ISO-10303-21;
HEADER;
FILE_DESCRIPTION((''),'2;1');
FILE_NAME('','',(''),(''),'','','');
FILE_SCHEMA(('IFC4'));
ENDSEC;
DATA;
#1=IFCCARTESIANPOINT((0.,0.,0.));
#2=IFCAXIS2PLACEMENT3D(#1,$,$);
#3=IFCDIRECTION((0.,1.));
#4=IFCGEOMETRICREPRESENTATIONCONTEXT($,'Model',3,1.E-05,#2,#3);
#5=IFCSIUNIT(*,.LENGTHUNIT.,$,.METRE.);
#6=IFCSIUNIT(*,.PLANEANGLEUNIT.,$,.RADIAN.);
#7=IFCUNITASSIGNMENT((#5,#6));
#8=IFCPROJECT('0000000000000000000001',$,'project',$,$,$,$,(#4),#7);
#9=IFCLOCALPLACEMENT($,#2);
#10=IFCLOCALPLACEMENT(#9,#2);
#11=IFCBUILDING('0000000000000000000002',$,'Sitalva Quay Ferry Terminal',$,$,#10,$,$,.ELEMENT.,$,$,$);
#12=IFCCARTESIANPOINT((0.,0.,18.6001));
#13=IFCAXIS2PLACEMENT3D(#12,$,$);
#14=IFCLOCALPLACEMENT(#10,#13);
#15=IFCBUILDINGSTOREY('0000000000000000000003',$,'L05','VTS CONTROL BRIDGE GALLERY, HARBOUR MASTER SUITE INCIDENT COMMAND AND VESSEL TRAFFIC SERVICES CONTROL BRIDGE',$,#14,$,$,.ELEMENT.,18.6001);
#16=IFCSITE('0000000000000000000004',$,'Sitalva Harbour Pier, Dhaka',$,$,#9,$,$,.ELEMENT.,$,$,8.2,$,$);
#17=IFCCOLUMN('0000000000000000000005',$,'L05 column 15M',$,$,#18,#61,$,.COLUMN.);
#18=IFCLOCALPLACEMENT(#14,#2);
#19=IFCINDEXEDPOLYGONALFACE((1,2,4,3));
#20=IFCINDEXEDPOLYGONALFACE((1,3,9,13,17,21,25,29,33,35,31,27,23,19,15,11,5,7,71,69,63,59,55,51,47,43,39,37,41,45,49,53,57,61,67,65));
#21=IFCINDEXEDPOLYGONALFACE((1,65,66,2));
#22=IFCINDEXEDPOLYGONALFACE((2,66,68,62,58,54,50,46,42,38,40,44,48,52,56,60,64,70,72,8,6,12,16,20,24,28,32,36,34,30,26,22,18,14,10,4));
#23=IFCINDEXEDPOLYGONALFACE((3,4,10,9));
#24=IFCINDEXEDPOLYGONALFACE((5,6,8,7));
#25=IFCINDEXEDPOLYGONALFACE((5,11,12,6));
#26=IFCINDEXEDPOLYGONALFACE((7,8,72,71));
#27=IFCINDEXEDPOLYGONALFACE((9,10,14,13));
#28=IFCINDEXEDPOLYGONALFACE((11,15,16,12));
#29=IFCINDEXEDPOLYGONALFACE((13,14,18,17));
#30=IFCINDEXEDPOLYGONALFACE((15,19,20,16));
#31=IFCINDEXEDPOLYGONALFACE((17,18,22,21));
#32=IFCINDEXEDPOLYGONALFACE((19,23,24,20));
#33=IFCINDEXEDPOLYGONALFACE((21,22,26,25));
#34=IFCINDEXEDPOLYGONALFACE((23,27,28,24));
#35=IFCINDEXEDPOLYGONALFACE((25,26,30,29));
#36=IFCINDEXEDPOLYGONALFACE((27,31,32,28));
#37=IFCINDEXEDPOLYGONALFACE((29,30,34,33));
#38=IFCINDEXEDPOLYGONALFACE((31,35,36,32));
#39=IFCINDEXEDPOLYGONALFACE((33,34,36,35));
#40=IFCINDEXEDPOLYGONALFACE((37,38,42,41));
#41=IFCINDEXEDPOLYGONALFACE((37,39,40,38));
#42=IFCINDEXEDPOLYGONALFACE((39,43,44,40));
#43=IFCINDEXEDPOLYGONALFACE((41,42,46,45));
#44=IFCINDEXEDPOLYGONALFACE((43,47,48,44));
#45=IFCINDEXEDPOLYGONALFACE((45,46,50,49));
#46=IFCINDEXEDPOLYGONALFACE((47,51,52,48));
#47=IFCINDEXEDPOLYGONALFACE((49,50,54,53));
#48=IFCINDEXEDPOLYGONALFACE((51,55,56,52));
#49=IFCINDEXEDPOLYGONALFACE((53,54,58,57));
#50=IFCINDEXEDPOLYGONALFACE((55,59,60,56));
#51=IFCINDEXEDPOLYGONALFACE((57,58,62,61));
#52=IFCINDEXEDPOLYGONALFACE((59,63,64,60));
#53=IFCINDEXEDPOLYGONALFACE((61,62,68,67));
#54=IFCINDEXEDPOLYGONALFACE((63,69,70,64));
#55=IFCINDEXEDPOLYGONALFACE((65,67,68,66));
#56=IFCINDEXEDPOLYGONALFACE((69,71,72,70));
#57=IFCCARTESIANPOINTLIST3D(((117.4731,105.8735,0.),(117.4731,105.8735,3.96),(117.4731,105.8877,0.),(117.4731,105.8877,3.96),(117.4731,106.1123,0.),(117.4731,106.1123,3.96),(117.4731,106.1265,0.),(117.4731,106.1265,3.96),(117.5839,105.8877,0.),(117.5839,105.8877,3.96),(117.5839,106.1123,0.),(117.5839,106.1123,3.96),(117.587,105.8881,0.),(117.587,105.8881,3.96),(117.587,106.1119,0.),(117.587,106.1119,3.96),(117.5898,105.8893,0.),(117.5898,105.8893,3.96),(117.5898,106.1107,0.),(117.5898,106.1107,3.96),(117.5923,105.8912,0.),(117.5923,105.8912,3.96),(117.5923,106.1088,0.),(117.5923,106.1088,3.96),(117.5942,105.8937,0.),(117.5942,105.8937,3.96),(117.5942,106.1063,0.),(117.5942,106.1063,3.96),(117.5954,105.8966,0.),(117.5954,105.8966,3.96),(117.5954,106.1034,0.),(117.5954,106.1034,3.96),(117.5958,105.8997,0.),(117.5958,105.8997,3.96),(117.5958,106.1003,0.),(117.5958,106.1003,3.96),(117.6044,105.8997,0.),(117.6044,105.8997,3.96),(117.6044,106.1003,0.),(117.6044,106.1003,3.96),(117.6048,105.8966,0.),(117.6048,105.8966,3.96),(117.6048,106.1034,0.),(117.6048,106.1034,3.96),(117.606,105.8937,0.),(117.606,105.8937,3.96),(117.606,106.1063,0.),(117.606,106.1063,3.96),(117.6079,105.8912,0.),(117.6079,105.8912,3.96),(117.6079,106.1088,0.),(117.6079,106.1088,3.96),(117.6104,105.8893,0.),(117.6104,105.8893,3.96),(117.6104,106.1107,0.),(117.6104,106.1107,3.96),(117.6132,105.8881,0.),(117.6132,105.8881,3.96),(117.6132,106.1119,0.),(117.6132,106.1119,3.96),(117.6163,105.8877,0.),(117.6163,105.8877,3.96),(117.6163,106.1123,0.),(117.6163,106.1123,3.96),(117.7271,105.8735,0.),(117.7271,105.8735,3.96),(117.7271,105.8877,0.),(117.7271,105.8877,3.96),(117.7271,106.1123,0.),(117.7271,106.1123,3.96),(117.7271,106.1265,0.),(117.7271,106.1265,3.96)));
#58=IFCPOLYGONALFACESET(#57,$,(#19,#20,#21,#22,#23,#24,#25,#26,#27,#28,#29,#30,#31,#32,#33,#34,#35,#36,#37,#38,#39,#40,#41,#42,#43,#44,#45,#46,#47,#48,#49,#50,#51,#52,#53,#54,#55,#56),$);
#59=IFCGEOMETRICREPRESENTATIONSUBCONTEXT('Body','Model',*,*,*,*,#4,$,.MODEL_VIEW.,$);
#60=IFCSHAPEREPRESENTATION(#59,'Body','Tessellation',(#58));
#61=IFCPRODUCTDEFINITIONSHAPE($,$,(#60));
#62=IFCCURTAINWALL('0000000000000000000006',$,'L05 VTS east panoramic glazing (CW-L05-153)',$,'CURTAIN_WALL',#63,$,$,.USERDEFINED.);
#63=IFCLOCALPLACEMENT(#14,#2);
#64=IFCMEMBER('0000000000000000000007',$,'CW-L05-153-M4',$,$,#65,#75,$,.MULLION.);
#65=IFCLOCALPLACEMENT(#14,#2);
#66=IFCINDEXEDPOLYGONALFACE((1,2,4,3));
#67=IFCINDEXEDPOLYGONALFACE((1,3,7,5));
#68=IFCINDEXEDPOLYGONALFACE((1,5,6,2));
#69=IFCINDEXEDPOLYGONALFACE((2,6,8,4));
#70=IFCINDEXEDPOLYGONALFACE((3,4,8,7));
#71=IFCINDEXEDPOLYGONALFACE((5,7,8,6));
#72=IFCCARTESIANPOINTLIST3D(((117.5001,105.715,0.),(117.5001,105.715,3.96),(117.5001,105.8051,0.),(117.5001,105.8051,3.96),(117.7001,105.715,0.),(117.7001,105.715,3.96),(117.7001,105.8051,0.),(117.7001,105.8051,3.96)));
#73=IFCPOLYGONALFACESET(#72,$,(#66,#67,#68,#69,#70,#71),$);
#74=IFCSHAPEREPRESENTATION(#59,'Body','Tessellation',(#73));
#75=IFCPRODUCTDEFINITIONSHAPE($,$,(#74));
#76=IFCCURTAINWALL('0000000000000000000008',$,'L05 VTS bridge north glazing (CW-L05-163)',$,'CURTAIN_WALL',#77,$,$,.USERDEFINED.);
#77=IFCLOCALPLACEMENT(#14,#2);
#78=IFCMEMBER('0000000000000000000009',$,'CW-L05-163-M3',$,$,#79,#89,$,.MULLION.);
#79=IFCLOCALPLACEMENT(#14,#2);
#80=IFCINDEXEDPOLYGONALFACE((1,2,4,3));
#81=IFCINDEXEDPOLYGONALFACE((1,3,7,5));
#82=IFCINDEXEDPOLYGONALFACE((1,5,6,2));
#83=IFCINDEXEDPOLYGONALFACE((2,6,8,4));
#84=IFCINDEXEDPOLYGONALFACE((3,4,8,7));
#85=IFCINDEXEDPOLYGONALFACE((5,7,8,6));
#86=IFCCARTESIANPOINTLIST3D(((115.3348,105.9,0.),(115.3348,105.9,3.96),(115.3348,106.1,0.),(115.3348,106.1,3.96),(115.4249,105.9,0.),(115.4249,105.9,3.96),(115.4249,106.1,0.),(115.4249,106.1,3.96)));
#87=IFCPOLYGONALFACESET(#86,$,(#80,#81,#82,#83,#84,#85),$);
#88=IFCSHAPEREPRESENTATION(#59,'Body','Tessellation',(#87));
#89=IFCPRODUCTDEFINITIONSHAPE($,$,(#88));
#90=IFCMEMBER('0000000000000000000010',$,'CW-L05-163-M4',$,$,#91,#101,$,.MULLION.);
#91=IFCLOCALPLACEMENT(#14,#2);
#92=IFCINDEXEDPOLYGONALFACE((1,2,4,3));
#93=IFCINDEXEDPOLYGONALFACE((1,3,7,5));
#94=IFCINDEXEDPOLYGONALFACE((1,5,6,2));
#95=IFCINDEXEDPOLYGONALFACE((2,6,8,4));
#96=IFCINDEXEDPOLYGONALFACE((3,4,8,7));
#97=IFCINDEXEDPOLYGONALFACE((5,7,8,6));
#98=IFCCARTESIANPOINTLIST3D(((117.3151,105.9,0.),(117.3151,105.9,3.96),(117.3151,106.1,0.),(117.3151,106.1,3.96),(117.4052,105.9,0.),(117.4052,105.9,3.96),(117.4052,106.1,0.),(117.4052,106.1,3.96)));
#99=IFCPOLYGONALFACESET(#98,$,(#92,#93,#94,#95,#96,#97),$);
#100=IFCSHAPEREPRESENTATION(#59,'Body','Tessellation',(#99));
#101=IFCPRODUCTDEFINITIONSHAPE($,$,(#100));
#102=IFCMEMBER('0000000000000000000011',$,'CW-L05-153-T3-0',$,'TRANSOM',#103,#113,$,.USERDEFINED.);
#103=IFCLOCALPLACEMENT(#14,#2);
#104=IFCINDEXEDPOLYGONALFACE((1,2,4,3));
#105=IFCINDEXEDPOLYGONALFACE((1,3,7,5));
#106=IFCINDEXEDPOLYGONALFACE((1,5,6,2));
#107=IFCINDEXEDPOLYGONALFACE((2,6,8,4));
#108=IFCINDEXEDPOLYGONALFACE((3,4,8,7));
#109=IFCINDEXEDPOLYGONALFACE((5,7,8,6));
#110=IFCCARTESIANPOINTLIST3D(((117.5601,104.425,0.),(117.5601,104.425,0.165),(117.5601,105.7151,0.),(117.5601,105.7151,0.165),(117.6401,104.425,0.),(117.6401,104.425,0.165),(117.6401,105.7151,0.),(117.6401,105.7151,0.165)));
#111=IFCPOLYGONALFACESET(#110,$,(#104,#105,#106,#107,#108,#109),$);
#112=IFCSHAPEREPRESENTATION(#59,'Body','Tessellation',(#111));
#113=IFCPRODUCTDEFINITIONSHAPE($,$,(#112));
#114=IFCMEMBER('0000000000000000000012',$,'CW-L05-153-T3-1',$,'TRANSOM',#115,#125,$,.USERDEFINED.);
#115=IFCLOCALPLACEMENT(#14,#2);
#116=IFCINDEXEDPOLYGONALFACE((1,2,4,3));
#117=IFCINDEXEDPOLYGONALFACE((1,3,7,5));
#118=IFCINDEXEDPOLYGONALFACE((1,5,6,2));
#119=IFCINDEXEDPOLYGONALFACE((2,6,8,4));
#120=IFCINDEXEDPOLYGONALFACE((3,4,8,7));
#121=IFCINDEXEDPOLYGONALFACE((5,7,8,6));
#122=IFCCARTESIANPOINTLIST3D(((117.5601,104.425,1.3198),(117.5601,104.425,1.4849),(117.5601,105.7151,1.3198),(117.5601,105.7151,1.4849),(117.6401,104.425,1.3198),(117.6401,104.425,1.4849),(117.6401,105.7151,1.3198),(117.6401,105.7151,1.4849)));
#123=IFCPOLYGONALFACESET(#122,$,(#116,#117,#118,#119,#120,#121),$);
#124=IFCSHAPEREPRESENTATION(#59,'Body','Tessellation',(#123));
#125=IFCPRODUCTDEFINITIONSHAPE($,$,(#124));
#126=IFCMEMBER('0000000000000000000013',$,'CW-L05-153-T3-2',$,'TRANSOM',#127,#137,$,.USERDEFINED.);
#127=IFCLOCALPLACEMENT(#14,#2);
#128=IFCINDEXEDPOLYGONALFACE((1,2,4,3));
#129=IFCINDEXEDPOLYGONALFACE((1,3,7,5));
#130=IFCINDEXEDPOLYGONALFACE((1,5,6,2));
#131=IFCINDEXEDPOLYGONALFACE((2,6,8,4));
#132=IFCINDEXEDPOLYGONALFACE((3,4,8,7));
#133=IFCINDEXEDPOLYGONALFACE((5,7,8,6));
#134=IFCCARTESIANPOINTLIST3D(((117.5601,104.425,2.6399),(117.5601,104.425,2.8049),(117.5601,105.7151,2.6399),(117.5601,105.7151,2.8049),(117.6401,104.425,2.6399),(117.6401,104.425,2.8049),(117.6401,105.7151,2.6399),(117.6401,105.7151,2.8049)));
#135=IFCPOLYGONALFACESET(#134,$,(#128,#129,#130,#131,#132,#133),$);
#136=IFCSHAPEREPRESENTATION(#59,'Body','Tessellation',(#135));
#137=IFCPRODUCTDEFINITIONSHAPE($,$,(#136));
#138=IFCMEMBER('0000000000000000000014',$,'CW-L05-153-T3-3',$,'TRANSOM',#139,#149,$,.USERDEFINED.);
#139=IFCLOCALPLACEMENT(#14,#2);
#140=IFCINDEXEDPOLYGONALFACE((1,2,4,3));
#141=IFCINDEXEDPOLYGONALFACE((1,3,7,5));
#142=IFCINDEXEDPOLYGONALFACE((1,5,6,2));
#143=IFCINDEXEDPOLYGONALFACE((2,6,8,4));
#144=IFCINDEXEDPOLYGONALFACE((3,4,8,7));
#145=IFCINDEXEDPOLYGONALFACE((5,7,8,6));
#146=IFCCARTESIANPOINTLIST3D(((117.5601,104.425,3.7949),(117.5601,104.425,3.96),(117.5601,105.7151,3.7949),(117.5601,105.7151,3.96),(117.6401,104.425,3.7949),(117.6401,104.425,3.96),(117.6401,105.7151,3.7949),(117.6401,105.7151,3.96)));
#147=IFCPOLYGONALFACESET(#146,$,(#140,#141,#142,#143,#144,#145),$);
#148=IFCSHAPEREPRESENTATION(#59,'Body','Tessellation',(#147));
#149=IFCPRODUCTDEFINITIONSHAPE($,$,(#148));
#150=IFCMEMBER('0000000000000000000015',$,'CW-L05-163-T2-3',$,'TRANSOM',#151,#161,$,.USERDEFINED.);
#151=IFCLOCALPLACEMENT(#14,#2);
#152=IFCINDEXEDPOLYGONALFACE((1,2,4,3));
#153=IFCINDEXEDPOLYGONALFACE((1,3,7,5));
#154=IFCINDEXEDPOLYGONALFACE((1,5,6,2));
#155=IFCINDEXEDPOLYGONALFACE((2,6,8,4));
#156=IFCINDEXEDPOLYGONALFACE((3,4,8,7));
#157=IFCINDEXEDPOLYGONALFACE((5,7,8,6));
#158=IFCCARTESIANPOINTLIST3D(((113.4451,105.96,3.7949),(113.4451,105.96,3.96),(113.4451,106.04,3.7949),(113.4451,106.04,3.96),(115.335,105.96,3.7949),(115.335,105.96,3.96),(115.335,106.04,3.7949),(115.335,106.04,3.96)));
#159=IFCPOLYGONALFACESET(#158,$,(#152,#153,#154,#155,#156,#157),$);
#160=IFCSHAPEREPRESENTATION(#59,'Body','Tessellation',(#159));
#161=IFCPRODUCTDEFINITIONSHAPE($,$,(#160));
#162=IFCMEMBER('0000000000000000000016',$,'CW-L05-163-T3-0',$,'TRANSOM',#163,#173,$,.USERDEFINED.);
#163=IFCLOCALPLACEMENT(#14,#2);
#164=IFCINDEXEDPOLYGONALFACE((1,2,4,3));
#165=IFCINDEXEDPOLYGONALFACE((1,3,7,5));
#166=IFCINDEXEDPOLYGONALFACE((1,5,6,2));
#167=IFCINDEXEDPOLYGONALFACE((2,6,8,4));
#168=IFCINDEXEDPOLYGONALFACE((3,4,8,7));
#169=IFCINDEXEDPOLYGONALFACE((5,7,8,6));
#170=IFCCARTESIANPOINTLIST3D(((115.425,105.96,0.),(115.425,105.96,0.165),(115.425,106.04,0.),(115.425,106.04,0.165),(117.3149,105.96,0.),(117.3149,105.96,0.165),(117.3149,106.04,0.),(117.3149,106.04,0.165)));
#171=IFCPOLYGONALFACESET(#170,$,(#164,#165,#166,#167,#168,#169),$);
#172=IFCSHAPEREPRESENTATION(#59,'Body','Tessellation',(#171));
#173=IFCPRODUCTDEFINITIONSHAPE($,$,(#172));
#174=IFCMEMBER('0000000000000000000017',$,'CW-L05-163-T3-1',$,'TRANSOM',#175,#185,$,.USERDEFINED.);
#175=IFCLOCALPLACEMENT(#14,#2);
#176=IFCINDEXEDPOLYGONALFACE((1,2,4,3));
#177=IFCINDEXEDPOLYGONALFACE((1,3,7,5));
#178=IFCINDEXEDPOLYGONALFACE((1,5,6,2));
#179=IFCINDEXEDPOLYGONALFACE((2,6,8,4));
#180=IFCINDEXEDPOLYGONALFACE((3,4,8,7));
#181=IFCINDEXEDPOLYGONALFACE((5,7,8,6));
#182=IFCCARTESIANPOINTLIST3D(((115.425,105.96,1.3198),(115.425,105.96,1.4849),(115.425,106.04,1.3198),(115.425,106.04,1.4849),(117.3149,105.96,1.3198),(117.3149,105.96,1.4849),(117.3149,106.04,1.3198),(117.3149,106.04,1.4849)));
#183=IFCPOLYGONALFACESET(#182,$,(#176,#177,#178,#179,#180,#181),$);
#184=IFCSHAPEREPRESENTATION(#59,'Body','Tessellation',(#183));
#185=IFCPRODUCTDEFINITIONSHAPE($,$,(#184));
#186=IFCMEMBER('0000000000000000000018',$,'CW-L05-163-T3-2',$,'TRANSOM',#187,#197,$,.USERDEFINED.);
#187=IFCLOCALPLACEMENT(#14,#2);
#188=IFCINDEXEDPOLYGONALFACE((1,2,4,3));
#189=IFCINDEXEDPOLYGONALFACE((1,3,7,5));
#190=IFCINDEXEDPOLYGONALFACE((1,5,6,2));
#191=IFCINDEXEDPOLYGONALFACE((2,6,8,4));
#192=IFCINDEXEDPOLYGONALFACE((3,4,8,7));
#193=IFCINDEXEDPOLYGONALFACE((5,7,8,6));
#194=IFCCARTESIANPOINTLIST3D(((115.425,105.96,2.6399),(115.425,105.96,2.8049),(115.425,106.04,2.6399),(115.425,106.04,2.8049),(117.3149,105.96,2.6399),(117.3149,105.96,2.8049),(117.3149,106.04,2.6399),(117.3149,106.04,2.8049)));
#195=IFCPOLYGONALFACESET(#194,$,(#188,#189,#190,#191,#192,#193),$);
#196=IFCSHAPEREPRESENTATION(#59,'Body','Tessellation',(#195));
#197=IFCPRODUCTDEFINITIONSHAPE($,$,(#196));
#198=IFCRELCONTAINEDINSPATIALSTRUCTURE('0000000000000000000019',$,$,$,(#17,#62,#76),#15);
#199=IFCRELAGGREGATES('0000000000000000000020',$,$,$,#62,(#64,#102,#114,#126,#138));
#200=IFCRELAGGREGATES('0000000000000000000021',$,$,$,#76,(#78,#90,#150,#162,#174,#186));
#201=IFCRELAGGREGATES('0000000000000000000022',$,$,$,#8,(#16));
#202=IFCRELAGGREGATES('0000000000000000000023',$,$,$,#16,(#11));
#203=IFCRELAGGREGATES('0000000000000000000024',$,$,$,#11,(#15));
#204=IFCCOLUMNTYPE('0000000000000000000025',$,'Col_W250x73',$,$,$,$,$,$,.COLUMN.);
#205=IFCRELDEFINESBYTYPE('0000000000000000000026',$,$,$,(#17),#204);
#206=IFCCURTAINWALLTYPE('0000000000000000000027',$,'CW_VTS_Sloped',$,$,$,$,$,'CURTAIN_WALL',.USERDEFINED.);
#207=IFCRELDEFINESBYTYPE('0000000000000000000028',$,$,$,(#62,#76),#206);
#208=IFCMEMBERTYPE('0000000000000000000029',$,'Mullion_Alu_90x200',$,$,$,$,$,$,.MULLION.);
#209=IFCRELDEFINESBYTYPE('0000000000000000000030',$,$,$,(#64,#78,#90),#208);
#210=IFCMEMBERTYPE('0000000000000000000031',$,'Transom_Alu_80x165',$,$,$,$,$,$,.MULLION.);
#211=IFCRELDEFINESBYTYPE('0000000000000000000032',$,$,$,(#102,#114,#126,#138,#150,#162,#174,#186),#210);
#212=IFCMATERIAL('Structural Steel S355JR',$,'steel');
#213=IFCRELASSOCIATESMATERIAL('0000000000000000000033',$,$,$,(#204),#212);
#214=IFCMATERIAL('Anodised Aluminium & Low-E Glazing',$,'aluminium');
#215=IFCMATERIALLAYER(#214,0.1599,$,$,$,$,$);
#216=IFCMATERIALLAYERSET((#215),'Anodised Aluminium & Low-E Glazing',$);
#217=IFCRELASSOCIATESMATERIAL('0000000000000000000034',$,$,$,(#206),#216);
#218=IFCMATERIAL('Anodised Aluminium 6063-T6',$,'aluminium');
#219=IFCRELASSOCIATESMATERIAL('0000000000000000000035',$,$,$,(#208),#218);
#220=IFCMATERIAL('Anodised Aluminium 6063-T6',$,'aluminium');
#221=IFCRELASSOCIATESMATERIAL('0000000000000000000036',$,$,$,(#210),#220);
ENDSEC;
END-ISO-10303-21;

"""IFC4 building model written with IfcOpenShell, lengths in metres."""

from ifc_helpers import new_model, si_unit, direction, frame, origin, origin_2d, place, context, subcontext, project, spatial, rectangle, i_section, extrude, material, layer, layer_set, material_profile, profile_set, type_object, element, aggregate, save


model = new_model("IFC4")

# Units and contexts
model_context = context("Model", 3, precision=1e-05, world=origin(), true_north=direction((0.0, 1.0)))
body_context = subcontext(model_context, "Body", "Model", "MODEL_VIEW")
ifc_project = project(units=[si_unit("LENGTHUNIT", "METRE"), si_unit("PLANEANGLEUNIT", "RADIAN")], contexts=[model_context])

# Site, building, storey
site_placement = place(None, origin())
site = spatial("IfcSite", under=ifc_project, at=site_placement, Name="Sitalva Harbour Pier, Dhaka", CompositionType="ELEMENT", RefElevation=8.2)
building_placement = place(site_placement, origin())
building = spatial("IfcBuilding", under=site, at=building_placement, Name="Sitalva Quay Ferry Terminal", CompositionType="ELEMENT")
storey_placement = place(building_placement, frame((0.0, 0.0, 18.6001)))
storey = spatial("IfcBuildingStorey", under=building, at=storey_placement, Name="L05", Description="VTS CONTROL BRIDGE GALLERY, HARBOUR MASTER SUITE INCIDENT COMMAND AND VESSEL TRAFFIC SERVICES CONTROL BRIDGE", CompositionType="ELEMENT", Elevation=18.6001)

# Column
ifc_material_1 = material(Name="Structural Steel S355JR", Category="steel")
ifc_material_profile_1 = material_profile(ifc_material_1, i_section(OverallWidth=0.2539, OverallDepth=0.2529, WebThickness=0.0085, FlangeThickness=0.0142, FilletRadius=0.012, at=origin_2d()), Name="W250x73")
ifc_profile_set_1 = profile_set([ifc_material_profile_1], Name="Structural Steel S355JR")
column_type = type_object("IfcColumnType", Name="Col_W250x73", PredefinedType="COLUMN", material=ifc_profile_set_1)
column_placement = place(storey_placement, frame((117.6001, 106.0, 0.0), z_axis=(0.0, 0.0, 1.0), x_axis=(1.0, 0.0, 0.0)))
element("IfcColumn", 1, at=column_placement, inside=storey, type_object=column_type, Name="L05 column 15M", PredefinedType="COLUMN", context=body_context, shape_type="SweptSolid", body=[
    extrude(i_section(OverallWidth=0.2539, OverallDepth=0.2529, WebThickness=0.0085, FlangeThickness=0.0142, FilletRadius=0.012, at=origin_2d()), origin(), (0.0, 0.0, 1.0), 3.96),
])

# Curtain wall, member
ifc_material_2 = material(Name="Anodised Aluminium & Low-E Glazing", Category="aluminium")
ifc_layer_1 = layer(ifc_material_2, 0.1599)
ifc_layer_set_1 = layer_set([ifc_layer_1], Name="Anodised Aluminium & Low-E Glazing")
curtain_wall_type = type_object("IfcCurtainWallType", Name="CW_VTS_Sloped", ElementType="CURTAIN_WALL", PredefinedType="USERDEFINED", material=ifc_layer_set_1)
curtain_wall_1_placement = place(storey_placement, origin())
curtain_wall_1 = element("IfcCurtainWall", 2, at=curtain_wall_1_placement, inside=storey, type_object=curtain_wall_type, Name="L05 VTS east panoramic glazing (CW-L05-153)", ObjectType="CURTAIN_WALL", PredefinedType="USERDEFINED")
ifc_material_3 = material(Name="Anodised Aluminium 6063-T6", Category="aluminium")
ifc_material_profile_2 = material_profile(ifc_material_3, rectangle(XDim=0.0901, YDim=0.2, at=origin_2d()), Name="ALU90x200")
ifc_profile_set_2 = profile_set([ifc_material_profile_2], Name="Anodised Aluminium 6063-T6")
member_type_1 = type_object("IfcMemberType", Name="Mullion_Alu_90x200", PredefinedType="MULLION", material=ifc_profile_set_2)
member_1_placement = place(storey_placement, frame((117.6001, 105.76, 0.0), z_axis=(0.0, 0.0, 1.0), x_axis=(0.0, 1.0, 0.0)))
member_1 = element("IfcMember", 3, at=member_1_placement, type_object=member_type_1, Name="CW-L05-153-M4", PredefinedType="MULLION", context=body_context, shape_type="SweptSolid", body=[
    extrude(rectangle(XDim=0.0901, YDim=0.2, at=origin_2d()), origin(), (0.0, 0.0, 1.0), 3.96),
])

# Curtain wall, members
curtain_wall_2_placement = place(storey_placement, origin())
curtain_wall_2 = element("IfcCurtainWall", 4, at=curtain_wall_2_placement, inside=storey, type_object=curtain_wall_type, Name="L05 VTS bridge north glazing (CW-L05-163)", ObjectType="CURTAIN_WALL", PredefinedType="USERDEFINED")
member_2_placement = place(storey_placement, frame((115.3799, 106.0, 0.0), z_axis=(0.0, 0.0, 1.0), x_axis=(1.0, 0.0, 0.0)))
member_2 = element("IfcMember", 5, at=member_2_placement, type_object=member_type_1, Name="CW-L05-163-M3", PredefinedType="MULLION", context=body_context, shape_type="SweptSolid", body=[
    extrude(rectangle(XDim=0.0901, YDim=0.2, at=origin_2d()), origin(), (0.0, 0.0, 1.0), 3.96),
])
member_3_placement = place(storey_placement, frame((117.3601, 106.0, 0.0), z_axis=(0.0, 0.0, 1.0), x_axis=(1.0, 0.0, 0.0)))
member_3 = element("IfcMember", 6, at=member_3_placement, type_object=member_type_1, Name="CW-L05-163-M4", PredefinedType="MULLION", context=body_context, shape_type="SweptSolid", body=[
    extrude(rectangle(XDim=0.0901, YDim=0.2, at=origin_2d()), origin(), (0.0, 0.0, 1.0), 3.96),
])

# Members
ifc_material_4 = material(Name="Anodised Aluminium 6063-T6", Category="aluminium")
ifc_material_profile_3 = material_profile(ifc_material_4, rectangle(XDim=0.0801, YDim=0.165, at=origin_2d()), Name="ALU80x165")
ifc_profile_set_3 = profile_set([ifc_material_profile_3], Name="Anodised Aluminium 6063-T6")
member_type_2 = type_object("IfcMemberType", Name="Transom_Alu_80x165", PredefinedType="MULLION", material=ifc_profile_set_3)
member_4_placement = place(storey_placement, frame((117.6001, 104.425, 0.0825), z_axis=(0.0, 1.0, 0.0), x_axis=(-1.0, 0.0, 0.0)))
member_4 = element("IfcMember", 7, at=member_4_placement, type_object=member_type_2, Name="CW-L05-153-T3-0", ObjectType="TRANSOM", PredefinedType="USERDEFINED", context=body_context, shape_type="SweptSolid", body=[
    extrude(rectangle(XDim=0.0801, YDim=0.165, at=origin_2d()), origin(), (0.0, 0.0, 1.0), 1.29),
])
member_5_placement = place(storey_placement, frame((117.6001, 104.425, 1.4023), z_axis=(0.0, 1.0, 0.0), x_axis=(-1.0, 0.0, 0.0)))
member_5 = element("IfcMember", 8, at=member_5_placement, type_object=member_type_2, Name="CW-L05-153-T3-1", ObjectType="TRANSOM", PredefinedType="USERDEFINED", context=body_context, shape_type="SweptSolid", body=[
    extrude(rectangle(XDim=0.0801, YDim=0.165, at=origin_2d()), origin(), (0.0, 0.0, 1.0), 1.29),
])
member_6_placement = place(storey_placement, frame((117.6001, 104.425, 2.7224), z_axis=(0.0, 1.0, 0.0), x_axis=(-1.0, 0.0, 0.0)))
member_6 = element("IfcMember", 9, at=member_6_placement, type_object=member_type_2, Name="CW-L05-153-T3-2", ObjectType="TRANSOM", PredefinedType="USERDEFINED", context=body_context, shape_type="SweptSolid", body=[
    extrude(rectangle(XDim=0.0801, YDim=0.165, at=origin_2d()), origin(), (0.0, 0.0, 1.0), 1.29),
])
member_7_placement = place(storey_placement, frame((117.6001, 104.425, 3.8774), z_axis=(0.0, 1.0, 0.0), x_axis=(-1.0, 0.0, 0.0)))
member_7 = element("IfcMember", 10, at=member_7_placement, type_object=member_type_2, Name="CW-L05-153-T3-3", ObjectType="TRANSOM", PredefinedType="USERDEFINED", context=body_context, shape_type="SweptSolid", body=[
    extrude(rectangle(XDim=0.0801, YDim=0.165, at=origin_2d()), origin(), (0.0, 0.0, 1.0), 1.29),
])
member_8_placement = place(storey_placement, frame((113.4451, 106.0, 3.8774), z_axis=(1.0, 0.0, 0.0), x_axis=(0.0, 1.0, 0.0)))
member_8 = element("IfcMember", 11, at=member_8_placement, type_object=member_type_2, Name="CW-L05-163-T2-3", ObjectType="TRANSOM", PredefinedType="USERDEFINED", context=body_context, shape_type="SweptSolid", body=[
    extrude(rectangle(XDim=0.0801, YDim=0.165, at=origin_2d()), origin(), (0.0, 0.0, 1.0), 1.8899),
])
member_9_placement = place(storey_placement, frame((115.425, 106.0, 0.0825), z_axis=(1.0, 0.0, 0.0), x_axis=(0.0, 1.0, 0.0)))
member_9 = element("IfcMember", 12, at=member_9_placement, type_object=member_type_2, Name="CW-L05-163-T3-0", ObjectType="TRANSOM", PredefinedType="USERDEFINED", context=body_context, shape_type="SweptSolid", body=[
    extrude(rectangle(XDim=0.0801, YDim=0.165, at=origin_2d()), origin(), (0.0, 0.0, 1.0), 1.8899),
])
member_10_placement = place(storey_placement, frame((115.425, 106.0, 1.4023), z_axis=(1.0, 0.0, 0.0), x_axis=(0.0, 1.0, 0.0)))
member_10 = element("IfcMember", 13, at=member_10_placement, type_object=member_type_2, Name="CW-L05-163-T3-1", ObjectType="TRANSOM", PredefinedType="USERDEFINED", context=body_context, shape_type="SweptSolid", body=[
    extrude(rectangle(XDim=0.0801, YDim=0.165, at=origin_2d()), origin(), (0.0, 0.0, 1.0), 1.8899),
])
member_11_placement = place(storey_placement, frame((115.425, 106.0, 2.7224), z_axis=(1.0, 0.0, 0.0), x_axis=(0.0, 1.0, 0.0)))
member_11 = element("IfcMember", 14, at=member_11_placement, type_object=member_type_2, Name="CW-L05-163-T3-2", ObjectType="TRANSOM", PredefinedType="USERDEFINED", context=body_context, shape_type="SweptSolid", body=[
    extrude(rectangle(XDim=0.0801, YDim=0.165, at=origin_2d()), origin(), (0.0, 0.0, 1.0), 1.8899),
])

aggregate(curtain_wall_1, [member_1, member_4, member_5, member_6, member_7])
aggregate(curtain_wall_2, [member_2, member_3, member_8, member_9, member_10, member_11])

save(model, "model.ifc")
